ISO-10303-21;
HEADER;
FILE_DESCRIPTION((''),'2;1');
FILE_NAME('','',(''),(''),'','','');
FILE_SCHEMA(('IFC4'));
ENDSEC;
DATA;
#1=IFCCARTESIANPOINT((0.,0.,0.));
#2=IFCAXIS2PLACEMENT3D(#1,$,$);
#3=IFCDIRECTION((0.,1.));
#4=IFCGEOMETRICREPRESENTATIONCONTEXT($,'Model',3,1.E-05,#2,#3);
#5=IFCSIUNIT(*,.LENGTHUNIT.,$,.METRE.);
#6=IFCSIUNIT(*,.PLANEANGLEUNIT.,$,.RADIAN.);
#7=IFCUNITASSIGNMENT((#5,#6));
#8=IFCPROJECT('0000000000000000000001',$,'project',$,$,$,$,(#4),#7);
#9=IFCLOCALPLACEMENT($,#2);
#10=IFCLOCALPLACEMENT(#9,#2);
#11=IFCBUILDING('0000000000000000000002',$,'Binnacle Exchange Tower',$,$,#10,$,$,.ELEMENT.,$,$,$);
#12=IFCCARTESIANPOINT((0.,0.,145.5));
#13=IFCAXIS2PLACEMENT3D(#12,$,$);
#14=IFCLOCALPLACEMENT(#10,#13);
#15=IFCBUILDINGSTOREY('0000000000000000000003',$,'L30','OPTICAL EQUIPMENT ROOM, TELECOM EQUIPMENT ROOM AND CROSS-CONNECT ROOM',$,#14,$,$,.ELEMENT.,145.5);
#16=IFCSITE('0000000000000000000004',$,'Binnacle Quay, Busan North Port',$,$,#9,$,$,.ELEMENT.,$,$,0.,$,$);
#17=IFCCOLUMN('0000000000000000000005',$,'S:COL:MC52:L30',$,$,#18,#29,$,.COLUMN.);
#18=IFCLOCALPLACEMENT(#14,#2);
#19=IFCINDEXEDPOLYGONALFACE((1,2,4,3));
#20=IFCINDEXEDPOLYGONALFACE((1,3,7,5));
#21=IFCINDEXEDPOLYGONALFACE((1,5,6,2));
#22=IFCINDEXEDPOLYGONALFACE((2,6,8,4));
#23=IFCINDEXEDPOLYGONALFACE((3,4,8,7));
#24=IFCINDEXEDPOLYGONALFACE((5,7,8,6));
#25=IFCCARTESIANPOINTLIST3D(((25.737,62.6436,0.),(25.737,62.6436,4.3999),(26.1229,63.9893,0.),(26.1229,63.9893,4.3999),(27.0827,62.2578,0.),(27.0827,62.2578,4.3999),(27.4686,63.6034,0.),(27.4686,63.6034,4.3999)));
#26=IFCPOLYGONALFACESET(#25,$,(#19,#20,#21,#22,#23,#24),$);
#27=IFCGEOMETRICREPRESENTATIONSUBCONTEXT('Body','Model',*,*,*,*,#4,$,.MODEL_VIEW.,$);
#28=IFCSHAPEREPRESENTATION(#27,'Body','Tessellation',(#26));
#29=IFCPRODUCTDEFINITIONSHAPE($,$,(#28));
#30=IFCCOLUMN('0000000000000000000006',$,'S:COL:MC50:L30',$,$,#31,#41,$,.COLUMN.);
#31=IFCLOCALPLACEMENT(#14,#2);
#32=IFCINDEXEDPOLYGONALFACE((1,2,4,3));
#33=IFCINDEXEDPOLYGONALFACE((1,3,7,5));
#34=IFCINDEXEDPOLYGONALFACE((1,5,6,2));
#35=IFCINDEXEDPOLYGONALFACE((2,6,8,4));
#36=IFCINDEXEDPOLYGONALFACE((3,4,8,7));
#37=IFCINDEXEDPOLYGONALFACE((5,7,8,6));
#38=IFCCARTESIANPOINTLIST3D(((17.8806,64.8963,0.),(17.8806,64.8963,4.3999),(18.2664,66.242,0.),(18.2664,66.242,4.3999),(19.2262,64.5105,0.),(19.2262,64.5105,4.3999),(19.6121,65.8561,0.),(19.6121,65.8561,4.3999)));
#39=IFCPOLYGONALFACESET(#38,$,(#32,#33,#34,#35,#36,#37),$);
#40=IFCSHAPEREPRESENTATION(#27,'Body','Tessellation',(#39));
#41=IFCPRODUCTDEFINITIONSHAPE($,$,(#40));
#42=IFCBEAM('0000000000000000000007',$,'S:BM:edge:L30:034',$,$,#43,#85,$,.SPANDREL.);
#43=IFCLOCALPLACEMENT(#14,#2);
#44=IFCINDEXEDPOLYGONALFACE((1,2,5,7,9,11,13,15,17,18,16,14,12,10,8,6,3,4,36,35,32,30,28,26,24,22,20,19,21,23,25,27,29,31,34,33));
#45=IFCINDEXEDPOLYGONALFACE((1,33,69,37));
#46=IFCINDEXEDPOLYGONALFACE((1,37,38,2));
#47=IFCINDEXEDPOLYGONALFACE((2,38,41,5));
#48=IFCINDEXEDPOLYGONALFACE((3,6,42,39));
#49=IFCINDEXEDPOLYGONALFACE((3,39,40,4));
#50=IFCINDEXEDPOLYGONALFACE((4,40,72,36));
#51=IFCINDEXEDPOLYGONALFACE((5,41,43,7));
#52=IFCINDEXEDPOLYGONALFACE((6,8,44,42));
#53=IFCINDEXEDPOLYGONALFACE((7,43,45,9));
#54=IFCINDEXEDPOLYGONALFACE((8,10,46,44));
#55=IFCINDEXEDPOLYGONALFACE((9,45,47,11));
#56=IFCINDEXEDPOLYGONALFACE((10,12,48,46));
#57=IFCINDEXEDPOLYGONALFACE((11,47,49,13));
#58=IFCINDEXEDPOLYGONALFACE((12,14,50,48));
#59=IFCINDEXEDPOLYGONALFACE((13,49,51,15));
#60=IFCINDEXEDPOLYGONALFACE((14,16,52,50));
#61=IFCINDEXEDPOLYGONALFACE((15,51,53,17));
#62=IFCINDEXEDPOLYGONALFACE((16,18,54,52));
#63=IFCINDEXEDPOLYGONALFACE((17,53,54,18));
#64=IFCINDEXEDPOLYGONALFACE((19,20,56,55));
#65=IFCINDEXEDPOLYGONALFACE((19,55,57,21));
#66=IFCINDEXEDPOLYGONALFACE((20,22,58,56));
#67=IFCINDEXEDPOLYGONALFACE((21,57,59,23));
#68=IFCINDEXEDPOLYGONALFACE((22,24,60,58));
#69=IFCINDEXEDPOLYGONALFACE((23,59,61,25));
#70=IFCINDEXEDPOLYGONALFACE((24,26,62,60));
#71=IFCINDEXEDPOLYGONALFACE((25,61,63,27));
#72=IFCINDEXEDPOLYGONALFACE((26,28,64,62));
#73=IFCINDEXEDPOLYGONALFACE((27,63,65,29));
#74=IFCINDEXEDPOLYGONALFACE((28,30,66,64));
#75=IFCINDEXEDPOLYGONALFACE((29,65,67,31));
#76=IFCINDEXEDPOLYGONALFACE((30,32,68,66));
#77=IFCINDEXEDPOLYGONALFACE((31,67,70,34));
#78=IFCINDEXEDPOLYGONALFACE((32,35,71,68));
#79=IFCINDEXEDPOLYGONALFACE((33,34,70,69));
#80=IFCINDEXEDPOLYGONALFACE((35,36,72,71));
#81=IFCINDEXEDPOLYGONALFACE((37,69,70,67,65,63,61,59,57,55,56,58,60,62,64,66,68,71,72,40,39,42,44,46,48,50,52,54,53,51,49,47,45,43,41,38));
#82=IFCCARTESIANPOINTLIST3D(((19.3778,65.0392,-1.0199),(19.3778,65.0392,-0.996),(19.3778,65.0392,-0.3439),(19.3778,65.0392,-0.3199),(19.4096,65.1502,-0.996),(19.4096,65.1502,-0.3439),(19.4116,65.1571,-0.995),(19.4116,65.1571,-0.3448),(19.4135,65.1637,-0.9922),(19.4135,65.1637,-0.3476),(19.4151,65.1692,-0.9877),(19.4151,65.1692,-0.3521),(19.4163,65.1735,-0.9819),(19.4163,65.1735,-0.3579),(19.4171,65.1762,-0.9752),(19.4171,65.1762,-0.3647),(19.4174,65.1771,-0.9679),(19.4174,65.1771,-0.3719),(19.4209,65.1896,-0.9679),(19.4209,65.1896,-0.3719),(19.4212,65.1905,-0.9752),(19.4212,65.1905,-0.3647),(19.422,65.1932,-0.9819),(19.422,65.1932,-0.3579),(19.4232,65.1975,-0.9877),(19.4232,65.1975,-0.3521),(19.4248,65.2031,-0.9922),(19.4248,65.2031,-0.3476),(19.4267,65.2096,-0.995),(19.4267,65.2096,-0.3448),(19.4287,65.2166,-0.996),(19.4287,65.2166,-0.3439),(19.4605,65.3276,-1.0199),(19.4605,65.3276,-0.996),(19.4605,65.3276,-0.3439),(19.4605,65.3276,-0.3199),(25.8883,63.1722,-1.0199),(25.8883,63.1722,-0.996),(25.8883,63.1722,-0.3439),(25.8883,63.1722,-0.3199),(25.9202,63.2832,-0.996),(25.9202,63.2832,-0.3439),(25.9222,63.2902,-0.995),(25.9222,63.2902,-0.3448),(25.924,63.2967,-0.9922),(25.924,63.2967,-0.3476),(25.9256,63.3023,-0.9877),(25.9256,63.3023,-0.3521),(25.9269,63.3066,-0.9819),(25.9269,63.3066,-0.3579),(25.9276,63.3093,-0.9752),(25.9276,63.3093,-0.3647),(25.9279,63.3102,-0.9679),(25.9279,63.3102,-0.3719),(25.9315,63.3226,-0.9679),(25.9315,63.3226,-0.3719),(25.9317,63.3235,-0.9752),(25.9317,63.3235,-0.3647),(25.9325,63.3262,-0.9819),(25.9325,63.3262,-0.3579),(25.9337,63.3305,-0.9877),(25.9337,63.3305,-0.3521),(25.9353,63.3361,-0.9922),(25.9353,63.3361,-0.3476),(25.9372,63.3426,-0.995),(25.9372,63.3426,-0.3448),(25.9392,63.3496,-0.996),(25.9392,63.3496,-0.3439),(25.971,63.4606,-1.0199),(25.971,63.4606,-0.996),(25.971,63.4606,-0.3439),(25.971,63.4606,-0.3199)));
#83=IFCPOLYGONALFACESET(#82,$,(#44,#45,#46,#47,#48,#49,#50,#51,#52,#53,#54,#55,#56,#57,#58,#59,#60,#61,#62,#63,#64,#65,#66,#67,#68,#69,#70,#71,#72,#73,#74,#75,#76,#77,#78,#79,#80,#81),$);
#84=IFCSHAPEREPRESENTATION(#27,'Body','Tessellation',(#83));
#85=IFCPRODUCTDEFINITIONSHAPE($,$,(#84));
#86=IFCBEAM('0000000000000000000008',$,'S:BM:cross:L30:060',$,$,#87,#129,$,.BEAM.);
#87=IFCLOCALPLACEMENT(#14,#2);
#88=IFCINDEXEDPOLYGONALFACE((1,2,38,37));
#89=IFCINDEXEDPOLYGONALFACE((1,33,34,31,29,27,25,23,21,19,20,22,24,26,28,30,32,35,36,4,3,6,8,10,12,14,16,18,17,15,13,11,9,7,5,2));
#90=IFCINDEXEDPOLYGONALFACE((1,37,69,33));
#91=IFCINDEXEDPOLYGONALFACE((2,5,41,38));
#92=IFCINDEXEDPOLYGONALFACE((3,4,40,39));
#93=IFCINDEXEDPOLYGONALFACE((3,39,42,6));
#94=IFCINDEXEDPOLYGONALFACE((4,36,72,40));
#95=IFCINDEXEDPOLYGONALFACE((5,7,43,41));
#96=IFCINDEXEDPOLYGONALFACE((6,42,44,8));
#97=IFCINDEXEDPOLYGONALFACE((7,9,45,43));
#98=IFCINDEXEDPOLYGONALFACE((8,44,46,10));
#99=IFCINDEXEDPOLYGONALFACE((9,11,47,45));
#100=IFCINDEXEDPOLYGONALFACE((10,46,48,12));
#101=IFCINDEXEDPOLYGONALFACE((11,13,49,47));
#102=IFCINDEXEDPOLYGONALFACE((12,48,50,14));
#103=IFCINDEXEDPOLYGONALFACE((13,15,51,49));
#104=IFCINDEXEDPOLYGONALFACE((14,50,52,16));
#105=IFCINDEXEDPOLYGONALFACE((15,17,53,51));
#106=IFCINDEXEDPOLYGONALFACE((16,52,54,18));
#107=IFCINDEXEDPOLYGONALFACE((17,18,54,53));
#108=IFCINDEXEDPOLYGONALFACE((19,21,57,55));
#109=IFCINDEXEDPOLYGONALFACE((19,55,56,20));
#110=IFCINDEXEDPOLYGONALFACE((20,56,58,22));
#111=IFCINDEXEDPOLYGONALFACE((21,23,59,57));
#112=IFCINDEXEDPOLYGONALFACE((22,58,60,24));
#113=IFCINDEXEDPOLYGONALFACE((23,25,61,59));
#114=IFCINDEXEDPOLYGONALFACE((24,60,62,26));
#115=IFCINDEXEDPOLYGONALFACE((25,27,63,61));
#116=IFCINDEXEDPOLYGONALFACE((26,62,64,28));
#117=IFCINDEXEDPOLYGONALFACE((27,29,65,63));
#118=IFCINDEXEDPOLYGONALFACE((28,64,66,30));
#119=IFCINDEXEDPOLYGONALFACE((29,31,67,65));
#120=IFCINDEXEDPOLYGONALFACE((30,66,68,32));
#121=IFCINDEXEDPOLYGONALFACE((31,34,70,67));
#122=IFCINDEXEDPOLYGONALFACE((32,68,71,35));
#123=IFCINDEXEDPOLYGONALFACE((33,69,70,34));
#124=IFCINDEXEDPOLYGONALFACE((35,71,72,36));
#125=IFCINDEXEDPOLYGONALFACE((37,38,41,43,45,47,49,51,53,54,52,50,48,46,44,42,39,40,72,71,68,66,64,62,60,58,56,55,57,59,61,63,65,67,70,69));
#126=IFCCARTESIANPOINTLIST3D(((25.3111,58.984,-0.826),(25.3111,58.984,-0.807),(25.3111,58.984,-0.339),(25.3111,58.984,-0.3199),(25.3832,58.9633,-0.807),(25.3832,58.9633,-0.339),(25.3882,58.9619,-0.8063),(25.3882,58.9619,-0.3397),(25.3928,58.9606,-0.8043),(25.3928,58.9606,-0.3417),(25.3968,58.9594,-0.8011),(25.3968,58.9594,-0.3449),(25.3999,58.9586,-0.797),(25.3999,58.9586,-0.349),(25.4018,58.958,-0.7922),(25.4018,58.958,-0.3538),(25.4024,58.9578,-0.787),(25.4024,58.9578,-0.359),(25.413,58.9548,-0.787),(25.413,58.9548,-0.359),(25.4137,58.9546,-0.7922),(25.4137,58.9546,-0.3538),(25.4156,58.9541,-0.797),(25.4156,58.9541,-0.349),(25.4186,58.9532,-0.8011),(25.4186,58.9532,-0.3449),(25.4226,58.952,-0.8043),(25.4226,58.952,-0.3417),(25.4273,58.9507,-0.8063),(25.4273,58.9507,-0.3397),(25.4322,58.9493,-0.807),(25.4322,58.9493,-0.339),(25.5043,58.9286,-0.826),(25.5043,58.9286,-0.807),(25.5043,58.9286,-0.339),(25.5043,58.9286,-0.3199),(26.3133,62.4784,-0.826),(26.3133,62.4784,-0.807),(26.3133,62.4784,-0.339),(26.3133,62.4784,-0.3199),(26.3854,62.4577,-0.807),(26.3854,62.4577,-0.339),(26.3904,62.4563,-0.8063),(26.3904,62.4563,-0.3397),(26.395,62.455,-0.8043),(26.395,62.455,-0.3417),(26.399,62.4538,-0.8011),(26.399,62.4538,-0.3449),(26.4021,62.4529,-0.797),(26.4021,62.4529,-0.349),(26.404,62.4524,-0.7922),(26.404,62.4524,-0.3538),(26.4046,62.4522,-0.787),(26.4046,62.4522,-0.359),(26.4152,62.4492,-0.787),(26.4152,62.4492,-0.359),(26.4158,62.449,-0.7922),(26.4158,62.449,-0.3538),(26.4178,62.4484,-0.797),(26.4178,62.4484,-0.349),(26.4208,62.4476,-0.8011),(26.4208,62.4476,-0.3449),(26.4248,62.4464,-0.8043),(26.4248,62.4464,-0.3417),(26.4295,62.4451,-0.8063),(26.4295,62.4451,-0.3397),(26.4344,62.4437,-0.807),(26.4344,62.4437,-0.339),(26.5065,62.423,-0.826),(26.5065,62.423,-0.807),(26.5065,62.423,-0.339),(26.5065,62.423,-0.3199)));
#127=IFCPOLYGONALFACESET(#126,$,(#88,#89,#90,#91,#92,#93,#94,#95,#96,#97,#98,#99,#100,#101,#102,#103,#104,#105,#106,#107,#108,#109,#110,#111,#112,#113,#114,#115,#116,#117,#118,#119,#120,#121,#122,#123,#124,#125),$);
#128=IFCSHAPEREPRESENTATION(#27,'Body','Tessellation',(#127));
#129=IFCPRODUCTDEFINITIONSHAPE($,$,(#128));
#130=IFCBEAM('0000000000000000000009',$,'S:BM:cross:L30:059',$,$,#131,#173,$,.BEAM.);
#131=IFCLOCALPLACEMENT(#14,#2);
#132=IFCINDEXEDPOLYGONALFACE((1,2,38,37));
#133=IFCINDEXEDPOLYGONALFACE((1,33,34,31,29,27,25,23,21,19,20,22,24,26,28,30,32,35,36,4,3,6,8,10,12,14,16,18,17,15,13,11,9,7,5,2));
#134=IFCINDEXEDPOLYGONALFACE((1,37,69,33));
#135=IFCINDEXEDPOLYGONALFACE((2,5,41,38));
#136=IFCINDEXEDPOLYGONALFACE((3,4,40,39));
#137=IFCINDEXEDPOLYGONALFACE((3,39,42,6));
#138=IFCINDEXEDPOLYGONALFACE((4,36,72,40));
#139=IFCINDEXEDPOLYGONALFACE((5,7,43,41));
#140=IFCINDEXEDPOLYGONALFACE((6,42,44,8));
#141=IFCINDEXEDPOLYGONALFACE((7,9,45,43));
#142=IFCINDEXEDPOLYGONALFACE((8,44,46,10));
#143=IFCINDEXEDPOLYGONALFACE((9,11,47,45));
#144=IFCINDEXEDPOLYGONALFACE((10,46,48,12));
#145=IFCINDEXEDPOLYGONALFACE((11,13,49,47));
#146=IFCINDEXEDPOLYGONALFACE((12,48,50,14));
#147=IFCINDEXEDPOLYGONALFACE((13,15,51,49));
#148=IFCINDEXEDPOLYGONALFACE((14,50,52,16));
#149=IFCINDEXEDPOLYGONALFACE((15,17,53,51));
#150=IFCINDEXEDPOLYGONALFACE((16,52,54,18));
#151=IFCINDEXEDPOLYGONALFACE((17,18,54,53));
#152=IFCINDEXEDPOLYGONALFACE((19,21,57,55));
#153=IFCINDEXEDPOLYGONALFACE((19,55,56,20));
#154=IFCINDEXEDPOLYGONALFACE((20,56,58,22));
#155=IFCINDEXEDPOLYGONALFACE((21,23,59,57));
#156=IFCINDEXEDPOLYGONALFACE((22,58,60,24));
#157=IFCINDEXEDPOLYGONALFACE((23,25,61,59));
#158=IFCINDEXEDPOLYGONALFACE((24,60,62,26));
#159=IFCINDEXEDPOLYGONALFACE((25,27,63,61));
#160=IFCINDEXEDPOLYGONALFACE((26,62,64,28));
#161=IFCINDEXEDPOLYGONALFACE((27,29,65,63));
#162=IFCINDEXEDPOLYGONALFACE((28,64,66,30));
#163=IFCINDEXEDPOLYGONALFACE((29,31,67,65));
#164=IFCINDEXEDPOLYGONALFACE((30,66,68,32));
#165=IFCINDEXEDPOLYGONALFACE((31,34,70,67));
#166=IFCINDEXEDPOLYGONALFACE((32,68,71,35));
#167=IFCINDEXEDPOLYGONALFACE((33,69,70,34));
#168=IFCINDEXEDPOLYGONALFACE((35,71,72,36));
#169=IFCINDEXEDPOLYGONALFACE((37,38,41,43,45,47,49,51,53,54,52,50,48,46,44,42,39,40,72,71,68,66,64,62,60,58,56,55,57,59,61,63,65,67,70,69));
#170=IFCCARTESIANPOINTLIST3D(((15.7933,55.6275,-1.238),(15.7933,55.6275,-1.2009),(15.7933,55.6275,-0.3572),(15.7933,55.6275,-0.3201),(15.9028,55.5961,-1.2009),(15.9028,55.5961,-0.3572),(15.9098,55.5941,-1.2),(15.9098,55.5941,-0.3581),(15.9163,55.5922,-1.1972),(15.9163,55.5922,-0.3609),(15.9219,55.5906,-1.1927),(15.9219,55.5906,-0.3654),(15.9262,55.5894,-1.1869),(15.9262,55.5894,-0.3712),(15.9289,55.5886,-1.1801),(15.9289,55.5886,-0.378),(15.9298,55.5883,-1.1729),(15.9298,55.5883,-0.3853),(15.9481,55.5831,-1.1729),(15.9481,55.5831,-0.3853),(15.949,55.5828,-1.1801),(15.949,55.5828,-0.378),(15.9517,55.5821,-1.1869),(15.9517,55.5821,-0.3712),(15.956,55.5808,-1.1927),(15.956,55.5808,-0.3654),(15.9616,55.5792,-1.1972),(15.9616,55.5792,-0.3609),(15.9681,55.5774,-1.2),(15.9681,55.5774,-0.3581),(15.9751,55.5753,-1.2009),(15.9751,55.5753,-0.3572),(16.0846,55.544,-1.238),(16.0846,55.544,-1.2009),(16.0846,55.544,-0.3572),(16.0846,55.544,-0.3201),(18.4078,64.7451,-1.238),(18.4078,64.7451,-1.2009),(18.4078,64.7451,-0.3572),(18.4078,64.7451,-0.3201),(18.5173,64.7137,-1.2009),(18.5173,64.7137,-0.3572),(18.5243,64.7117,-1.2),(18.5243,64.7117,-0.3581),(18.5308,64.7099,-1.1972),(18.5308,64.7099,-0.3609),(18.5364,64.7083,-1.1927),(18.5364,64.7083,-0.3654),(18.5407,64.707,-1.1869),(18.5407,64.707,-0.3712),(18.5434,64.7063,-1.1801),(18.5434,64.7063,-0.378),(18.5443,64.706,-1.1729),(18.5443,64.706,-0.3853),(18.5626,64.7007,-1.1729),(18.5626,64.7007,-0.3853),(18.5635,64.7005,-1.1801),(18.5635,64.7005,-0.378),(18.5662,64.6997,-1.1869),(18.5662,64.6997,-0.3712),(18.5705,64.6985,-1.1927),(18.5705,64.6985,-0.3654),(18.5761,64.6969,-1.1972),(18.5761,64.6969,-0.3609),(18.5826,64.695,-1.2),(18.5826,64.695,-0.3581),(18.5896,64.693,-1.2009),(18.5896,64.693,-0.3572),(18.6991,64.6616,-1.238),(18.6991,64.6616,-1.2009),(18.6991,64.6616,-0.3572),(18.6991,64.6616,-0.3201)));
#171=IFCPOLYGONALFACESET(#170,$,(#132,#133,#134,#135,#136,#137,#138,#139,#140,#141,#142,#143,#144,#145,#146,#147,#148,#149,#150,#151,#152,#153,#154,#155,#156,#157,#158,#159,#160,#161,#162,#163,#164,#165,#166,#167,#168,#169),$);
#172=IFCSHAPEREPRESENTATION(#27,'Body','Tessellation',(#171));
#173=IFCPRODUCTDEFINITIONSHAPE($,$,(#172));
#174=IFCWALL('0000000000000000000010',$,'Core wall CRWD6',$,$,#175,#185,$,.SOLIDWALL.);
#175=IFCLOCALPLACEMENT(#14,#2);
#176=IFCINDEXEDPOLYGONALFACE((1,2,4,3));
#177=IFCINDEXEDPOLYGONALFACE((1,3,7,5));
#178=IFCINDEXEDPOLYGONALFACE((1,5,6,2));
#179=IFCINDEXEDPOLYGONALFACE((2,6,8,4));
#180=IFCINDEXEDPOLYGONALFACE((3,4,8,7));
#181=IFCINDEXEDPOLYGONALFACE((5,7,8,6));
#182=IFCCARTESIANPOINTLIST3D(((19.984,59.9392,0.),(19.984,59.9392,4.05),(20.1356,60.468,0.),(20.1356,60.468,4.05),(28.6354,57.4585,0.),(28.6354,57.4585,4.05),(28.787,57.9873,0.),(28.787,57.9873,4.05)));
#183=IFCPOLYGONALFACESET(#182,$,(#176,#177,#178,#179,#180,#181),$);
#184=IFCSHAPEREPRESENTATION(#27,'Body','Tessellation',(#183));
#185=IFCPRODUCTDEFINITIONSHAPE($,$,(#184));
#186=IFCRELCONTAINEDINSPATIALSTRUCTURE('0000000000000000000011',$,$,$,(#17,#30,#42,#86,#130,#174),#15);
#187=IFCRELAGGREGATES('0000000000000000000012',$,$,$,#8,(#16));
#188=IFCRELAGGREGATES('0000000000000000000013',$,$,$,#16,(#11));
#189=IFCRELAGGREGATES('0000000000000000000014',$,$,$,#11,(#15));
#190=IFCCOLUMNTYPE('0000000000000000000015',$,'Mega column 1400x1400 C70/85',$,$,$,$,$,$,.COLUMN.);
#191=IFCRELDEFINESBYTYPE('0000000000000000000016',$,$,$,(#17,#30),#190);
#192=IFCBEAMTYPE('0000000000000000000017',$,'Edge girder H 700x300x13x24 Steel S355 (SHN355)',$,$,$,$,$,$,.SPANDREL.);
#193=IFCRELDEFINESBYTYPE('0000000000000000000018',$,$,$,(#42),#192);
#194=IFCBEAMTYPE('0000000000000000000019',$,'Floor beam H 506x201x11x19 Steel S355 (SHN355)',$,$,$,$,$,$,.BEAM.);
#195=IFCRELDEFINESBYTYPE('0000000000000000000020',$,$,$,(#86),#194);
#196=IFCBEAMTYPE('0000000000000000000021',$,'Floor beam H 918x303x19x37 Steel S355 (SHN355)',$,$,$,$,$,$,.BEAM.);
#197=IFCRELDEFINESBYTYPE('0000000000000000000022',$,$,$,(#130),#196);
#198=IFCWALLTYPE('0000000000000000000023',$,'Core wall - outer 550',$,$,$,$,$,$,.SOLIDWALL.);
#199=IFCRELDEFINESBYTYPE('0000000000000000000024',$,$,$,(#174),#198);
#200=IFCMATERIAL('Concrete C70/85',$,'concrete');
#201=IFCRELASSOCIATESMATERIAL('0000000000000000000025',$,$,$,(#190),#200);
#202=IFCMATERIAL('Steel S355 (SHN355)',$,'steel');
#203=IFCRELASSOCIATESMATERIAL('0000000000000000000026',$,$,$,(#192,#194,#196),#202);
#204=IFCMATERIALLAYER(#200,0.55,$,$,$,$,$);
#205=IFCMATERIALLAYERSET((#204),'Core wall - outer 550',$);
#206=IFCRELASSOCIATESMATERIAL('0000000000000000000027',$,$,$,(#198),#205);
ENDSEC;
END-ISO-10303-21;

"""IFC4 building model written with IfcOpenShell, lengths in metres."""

from ifc_helpers import new_model, si_unit, direction, frame, frame_2d, origin, origin_2d, place, context, subcontext, project, spatial, rectangle, i_section, extrude, material, layer, layer_set, material_profile, profile_set, type_object, element, save


model = new_model("IFC4")

# Units and contexts
model_context = context("Model", 3, precision=1e-05, world=origin(), true_north=direction((0.0, 1.0)))
body_context = subcontext(model_context, "Body", "Model", "MODEL_VIEW")
ifc_project = project(units=[si_unit("LENGTHUNIT", "METRE"), si_unit("PLANEANGLEUNIT", "RADIAN")], contexts=[model_context])

# Site, building, storey
site_placement = place(None, origin())
site = spatial("IfcSite", under=ifc_project, at=site_placement, Name="Binnacle Quay, Busan North Port", CompositionType="ELEMENT", RefElevation=0.0)
building_placement = place(site_placement, origin())
building = spatial("IfcBuilding", under=site, at=building_placement, Name="Binnacle Exchange Tower", CompositionType="ELEMENT")
storey_placement = place(building_placement, frame((0.0, 0.0, 145.5)))
storey = spatial("IfcBuildingStorey", under=building, at=storey_placement, Name="L30", Description="OPTICAL EQUIPMENT ROOM, TELECOM EQUIPMENT ROOM AND CROSS-CONNECT ROOM", CompositionType="ELEMENT", Elevation=145.5)

# Columns
ifc_material_1 = material(Name="Concrete C70/85", Category="concrete")
ifc_material_profile_1 = material_profile(ifc_material_1, rectangle(XDim=1.3999, YDim=1.3999, at=origin_2d()), Name="Mega column 1400x1400 C70/85")
ifc_profile_set_1 = profile_set([ifc_material_profile_1], Name="Concrete C70/85")
column_type = type_object("IfcColumnType", Name="Mega column 1400x1400 C70/85", PredefinedType="COLUMN", material=ifc_profile_set_1)
for number, where, z_axis, x_axis, name in (
    (1, (26.6028, 63.1235, 0.0), (0.0, 0.0, 1.0), (-0.961262, 0.275637, 0.0), "S:COL:MC52:L30"),
    (2, (18.7463, 65.3762, 0.0), (0.0, 0.0, 1.0), (-0.961262, 0.275637, 0.0), "S:COL:MC50:L30"),
):
    element("IfcColumn", number, at=place(storey_placement, frame(where, z_axis=z_axis, x_axis=x_axis)), inside=storey, type_object=column_type, Name=name, PredefinedType="COLUMN", context=body_context, shape_type="SweptSolid", body=[
        extrude(rectangle(XDim=1.3999, YDim=1.3999, at=origin_2d()), origin(), (0.0, 0.0, 1.0), 4.3999),
    ])

# Beams
ifc_material_2 = material(Name="Steel S355 (SHN355)", Category="steel")
ifc_material_profile_2 = material_profile(ifc_material_2, i_section(OverallWidth=0.3, OverallDepth=0.7, WebThickness=0.0129, FlangeThickness=0.0239, FilletRadius=0.0281, at=origin_2d()), Name="H 700x300x13x24")
ifc_profile_set_2 = profile_set([ifc_material_profile_2], Name="Steel S355 (SHN355)")
beam_type_1 = type_object("IfcBeamType", Name="Edge girder H 700x300x13x24 Steel S355 (SHN355)", PredefinedType="SPANDREL", material=ifc_profile_set_2)
beam_1_placement = place(storey_placement, frame((25.9297, 63.3164, -0.6699), z_axis=(-0.961258, 0.275649, 0.0), x_axis=(-0.275649, -0.961258, 0.0)))
element("IfcBeam", 3, at=beam_1_placement, inside=storey, type_object=beam_type_1, Name="S:BM:edge:L30:034", PredefinedType="SPANDREL", context=body_context, shape_type="SweptSolid", body=[
    extrude(i_section(OverallWidth=0.3, OverallDepth=0.7, WebThickness=0.0129, FlangeThickness=0.0239, FilletRadius=0.0281, at=origin_2d()), origin(), (0.0, 0.0, 1.0), 6.7729),
])
ifc_material_profile_3 = material_profile(ifc_material_2, i_section(OverallWidth=0.2009, OverallDepth=0.5061, WebThickness=0.011, FlangeThickness=0.019, FilletRadius=0.02, at=origin_2d()), Name="H 506x201x11x19")
ifc_profile_set_3 = profile_set([ifc_material_profile_3], Name="Steel S355 (SHN355)")
beam_type_2 = type_object("IfcBeamType", Name="Floor beam H 506x201x11x19 Steel S355 (SHN355)", PredefinedType="BEAM", material=ifc_profile_set_3)
beam_2_placement = place(storey_placement, frame((26.4099, 62.4507, -0.573), z_axis=(-0.275688, -0.961247, 0.0), x_axis=(0.961247, -0.275688, 0.0)))
element("IfcBeam", 4, at=beam_2_placement, inside=storey, type_object=beam_type_2, Name="S:BM:cross:L30:060", PredefinedType="BEAM", context=body_context, shape_type="SweptSolid", body=[
    extrude(i_section(OverallWidth=0.2009, OverallDepth=0.5061, WebThickness=0.011, FlangeThickness=0.019, FilletRadius=0.02, at=origin_2d()), origin(), (0.0, 0.0, 1.0), 3.6353),
])
ifc_material_profile_4 = material_profile(ifc_material_2, i_section(OverallWidth=0.303, OverallDepth=0.918, WebThickness=0.019, FlangeThickness=0.0371, FilletRadius=0.0281, at=origin_2d()), Name="H 918x303x19x37")
ifc_profile_set_4 = profile_set([ifc_material_profile_4], Name="Steel S355 (SHN355)")
beam_type_3 = type_object("IfcBeamType", Name="Floor beam H 918x303x19x37 Steel S355 (SHN355)", PredefinedType="BEAM", material=ifc_profile_set_4)
beam_3_placement = place(storey_placement, frame((18.5535, 64.7034, -0.7791), z_axis=(-0.275642, -0.96126, 0.0), x_axis=(0.96126, -0.275642, 0.0)))
element("IfcBeam", 5, at=beam_3_placement, inside=storey, type_object=beam_type_3, Name="S:BM:cross:L30:059", PredefinedType="BEAM", context=body_context, shape_type="SweptSolid", body=[
    extrude(i_section(OverallWidth=0.303, OverallDepth=0.918, WebThickness=0.019, FlangeThickness=0.0371, FilletRadius=0.0281, at=origin_2d()), origin(), (0.0, 0.0, 1.0), 9.4851),
])

# Wall
ifc_layer_1 = layer(ifc_material_1, 0.55)
ifc_layer_set_1 = layer_set([ifc_layer_1], Name="Core wall - outer 550")
wall_type_1 = type_object("IfcWallType", Name="Core wall - outer 550", PredefinedType="SOLIDWALL", material=ifc_layer_set_1)
wall_1_placement = place(storey_placement, frame((20.0598, 60.2036, 0.0), z_axis=(0.0, 0.0, 1.0), x_axis=(0.961262, -0.275635, 0.0)))
element("IfcWall", 6, at=wall_1_placement, inside=storey, type_object=wall_type_1, Name="Core wall CRWD6", PredefinedType="SOLIDWALL", context=body_context, shape_type="SweptSolid", body=[
    extrude(rectangle(XDim=9.0, YDim=0.55, at=frame_2d((4.5, 0.0))), origin(), (0.0, 0.0, 1.0), 4.05),
])

save(model, "model.ifc")
